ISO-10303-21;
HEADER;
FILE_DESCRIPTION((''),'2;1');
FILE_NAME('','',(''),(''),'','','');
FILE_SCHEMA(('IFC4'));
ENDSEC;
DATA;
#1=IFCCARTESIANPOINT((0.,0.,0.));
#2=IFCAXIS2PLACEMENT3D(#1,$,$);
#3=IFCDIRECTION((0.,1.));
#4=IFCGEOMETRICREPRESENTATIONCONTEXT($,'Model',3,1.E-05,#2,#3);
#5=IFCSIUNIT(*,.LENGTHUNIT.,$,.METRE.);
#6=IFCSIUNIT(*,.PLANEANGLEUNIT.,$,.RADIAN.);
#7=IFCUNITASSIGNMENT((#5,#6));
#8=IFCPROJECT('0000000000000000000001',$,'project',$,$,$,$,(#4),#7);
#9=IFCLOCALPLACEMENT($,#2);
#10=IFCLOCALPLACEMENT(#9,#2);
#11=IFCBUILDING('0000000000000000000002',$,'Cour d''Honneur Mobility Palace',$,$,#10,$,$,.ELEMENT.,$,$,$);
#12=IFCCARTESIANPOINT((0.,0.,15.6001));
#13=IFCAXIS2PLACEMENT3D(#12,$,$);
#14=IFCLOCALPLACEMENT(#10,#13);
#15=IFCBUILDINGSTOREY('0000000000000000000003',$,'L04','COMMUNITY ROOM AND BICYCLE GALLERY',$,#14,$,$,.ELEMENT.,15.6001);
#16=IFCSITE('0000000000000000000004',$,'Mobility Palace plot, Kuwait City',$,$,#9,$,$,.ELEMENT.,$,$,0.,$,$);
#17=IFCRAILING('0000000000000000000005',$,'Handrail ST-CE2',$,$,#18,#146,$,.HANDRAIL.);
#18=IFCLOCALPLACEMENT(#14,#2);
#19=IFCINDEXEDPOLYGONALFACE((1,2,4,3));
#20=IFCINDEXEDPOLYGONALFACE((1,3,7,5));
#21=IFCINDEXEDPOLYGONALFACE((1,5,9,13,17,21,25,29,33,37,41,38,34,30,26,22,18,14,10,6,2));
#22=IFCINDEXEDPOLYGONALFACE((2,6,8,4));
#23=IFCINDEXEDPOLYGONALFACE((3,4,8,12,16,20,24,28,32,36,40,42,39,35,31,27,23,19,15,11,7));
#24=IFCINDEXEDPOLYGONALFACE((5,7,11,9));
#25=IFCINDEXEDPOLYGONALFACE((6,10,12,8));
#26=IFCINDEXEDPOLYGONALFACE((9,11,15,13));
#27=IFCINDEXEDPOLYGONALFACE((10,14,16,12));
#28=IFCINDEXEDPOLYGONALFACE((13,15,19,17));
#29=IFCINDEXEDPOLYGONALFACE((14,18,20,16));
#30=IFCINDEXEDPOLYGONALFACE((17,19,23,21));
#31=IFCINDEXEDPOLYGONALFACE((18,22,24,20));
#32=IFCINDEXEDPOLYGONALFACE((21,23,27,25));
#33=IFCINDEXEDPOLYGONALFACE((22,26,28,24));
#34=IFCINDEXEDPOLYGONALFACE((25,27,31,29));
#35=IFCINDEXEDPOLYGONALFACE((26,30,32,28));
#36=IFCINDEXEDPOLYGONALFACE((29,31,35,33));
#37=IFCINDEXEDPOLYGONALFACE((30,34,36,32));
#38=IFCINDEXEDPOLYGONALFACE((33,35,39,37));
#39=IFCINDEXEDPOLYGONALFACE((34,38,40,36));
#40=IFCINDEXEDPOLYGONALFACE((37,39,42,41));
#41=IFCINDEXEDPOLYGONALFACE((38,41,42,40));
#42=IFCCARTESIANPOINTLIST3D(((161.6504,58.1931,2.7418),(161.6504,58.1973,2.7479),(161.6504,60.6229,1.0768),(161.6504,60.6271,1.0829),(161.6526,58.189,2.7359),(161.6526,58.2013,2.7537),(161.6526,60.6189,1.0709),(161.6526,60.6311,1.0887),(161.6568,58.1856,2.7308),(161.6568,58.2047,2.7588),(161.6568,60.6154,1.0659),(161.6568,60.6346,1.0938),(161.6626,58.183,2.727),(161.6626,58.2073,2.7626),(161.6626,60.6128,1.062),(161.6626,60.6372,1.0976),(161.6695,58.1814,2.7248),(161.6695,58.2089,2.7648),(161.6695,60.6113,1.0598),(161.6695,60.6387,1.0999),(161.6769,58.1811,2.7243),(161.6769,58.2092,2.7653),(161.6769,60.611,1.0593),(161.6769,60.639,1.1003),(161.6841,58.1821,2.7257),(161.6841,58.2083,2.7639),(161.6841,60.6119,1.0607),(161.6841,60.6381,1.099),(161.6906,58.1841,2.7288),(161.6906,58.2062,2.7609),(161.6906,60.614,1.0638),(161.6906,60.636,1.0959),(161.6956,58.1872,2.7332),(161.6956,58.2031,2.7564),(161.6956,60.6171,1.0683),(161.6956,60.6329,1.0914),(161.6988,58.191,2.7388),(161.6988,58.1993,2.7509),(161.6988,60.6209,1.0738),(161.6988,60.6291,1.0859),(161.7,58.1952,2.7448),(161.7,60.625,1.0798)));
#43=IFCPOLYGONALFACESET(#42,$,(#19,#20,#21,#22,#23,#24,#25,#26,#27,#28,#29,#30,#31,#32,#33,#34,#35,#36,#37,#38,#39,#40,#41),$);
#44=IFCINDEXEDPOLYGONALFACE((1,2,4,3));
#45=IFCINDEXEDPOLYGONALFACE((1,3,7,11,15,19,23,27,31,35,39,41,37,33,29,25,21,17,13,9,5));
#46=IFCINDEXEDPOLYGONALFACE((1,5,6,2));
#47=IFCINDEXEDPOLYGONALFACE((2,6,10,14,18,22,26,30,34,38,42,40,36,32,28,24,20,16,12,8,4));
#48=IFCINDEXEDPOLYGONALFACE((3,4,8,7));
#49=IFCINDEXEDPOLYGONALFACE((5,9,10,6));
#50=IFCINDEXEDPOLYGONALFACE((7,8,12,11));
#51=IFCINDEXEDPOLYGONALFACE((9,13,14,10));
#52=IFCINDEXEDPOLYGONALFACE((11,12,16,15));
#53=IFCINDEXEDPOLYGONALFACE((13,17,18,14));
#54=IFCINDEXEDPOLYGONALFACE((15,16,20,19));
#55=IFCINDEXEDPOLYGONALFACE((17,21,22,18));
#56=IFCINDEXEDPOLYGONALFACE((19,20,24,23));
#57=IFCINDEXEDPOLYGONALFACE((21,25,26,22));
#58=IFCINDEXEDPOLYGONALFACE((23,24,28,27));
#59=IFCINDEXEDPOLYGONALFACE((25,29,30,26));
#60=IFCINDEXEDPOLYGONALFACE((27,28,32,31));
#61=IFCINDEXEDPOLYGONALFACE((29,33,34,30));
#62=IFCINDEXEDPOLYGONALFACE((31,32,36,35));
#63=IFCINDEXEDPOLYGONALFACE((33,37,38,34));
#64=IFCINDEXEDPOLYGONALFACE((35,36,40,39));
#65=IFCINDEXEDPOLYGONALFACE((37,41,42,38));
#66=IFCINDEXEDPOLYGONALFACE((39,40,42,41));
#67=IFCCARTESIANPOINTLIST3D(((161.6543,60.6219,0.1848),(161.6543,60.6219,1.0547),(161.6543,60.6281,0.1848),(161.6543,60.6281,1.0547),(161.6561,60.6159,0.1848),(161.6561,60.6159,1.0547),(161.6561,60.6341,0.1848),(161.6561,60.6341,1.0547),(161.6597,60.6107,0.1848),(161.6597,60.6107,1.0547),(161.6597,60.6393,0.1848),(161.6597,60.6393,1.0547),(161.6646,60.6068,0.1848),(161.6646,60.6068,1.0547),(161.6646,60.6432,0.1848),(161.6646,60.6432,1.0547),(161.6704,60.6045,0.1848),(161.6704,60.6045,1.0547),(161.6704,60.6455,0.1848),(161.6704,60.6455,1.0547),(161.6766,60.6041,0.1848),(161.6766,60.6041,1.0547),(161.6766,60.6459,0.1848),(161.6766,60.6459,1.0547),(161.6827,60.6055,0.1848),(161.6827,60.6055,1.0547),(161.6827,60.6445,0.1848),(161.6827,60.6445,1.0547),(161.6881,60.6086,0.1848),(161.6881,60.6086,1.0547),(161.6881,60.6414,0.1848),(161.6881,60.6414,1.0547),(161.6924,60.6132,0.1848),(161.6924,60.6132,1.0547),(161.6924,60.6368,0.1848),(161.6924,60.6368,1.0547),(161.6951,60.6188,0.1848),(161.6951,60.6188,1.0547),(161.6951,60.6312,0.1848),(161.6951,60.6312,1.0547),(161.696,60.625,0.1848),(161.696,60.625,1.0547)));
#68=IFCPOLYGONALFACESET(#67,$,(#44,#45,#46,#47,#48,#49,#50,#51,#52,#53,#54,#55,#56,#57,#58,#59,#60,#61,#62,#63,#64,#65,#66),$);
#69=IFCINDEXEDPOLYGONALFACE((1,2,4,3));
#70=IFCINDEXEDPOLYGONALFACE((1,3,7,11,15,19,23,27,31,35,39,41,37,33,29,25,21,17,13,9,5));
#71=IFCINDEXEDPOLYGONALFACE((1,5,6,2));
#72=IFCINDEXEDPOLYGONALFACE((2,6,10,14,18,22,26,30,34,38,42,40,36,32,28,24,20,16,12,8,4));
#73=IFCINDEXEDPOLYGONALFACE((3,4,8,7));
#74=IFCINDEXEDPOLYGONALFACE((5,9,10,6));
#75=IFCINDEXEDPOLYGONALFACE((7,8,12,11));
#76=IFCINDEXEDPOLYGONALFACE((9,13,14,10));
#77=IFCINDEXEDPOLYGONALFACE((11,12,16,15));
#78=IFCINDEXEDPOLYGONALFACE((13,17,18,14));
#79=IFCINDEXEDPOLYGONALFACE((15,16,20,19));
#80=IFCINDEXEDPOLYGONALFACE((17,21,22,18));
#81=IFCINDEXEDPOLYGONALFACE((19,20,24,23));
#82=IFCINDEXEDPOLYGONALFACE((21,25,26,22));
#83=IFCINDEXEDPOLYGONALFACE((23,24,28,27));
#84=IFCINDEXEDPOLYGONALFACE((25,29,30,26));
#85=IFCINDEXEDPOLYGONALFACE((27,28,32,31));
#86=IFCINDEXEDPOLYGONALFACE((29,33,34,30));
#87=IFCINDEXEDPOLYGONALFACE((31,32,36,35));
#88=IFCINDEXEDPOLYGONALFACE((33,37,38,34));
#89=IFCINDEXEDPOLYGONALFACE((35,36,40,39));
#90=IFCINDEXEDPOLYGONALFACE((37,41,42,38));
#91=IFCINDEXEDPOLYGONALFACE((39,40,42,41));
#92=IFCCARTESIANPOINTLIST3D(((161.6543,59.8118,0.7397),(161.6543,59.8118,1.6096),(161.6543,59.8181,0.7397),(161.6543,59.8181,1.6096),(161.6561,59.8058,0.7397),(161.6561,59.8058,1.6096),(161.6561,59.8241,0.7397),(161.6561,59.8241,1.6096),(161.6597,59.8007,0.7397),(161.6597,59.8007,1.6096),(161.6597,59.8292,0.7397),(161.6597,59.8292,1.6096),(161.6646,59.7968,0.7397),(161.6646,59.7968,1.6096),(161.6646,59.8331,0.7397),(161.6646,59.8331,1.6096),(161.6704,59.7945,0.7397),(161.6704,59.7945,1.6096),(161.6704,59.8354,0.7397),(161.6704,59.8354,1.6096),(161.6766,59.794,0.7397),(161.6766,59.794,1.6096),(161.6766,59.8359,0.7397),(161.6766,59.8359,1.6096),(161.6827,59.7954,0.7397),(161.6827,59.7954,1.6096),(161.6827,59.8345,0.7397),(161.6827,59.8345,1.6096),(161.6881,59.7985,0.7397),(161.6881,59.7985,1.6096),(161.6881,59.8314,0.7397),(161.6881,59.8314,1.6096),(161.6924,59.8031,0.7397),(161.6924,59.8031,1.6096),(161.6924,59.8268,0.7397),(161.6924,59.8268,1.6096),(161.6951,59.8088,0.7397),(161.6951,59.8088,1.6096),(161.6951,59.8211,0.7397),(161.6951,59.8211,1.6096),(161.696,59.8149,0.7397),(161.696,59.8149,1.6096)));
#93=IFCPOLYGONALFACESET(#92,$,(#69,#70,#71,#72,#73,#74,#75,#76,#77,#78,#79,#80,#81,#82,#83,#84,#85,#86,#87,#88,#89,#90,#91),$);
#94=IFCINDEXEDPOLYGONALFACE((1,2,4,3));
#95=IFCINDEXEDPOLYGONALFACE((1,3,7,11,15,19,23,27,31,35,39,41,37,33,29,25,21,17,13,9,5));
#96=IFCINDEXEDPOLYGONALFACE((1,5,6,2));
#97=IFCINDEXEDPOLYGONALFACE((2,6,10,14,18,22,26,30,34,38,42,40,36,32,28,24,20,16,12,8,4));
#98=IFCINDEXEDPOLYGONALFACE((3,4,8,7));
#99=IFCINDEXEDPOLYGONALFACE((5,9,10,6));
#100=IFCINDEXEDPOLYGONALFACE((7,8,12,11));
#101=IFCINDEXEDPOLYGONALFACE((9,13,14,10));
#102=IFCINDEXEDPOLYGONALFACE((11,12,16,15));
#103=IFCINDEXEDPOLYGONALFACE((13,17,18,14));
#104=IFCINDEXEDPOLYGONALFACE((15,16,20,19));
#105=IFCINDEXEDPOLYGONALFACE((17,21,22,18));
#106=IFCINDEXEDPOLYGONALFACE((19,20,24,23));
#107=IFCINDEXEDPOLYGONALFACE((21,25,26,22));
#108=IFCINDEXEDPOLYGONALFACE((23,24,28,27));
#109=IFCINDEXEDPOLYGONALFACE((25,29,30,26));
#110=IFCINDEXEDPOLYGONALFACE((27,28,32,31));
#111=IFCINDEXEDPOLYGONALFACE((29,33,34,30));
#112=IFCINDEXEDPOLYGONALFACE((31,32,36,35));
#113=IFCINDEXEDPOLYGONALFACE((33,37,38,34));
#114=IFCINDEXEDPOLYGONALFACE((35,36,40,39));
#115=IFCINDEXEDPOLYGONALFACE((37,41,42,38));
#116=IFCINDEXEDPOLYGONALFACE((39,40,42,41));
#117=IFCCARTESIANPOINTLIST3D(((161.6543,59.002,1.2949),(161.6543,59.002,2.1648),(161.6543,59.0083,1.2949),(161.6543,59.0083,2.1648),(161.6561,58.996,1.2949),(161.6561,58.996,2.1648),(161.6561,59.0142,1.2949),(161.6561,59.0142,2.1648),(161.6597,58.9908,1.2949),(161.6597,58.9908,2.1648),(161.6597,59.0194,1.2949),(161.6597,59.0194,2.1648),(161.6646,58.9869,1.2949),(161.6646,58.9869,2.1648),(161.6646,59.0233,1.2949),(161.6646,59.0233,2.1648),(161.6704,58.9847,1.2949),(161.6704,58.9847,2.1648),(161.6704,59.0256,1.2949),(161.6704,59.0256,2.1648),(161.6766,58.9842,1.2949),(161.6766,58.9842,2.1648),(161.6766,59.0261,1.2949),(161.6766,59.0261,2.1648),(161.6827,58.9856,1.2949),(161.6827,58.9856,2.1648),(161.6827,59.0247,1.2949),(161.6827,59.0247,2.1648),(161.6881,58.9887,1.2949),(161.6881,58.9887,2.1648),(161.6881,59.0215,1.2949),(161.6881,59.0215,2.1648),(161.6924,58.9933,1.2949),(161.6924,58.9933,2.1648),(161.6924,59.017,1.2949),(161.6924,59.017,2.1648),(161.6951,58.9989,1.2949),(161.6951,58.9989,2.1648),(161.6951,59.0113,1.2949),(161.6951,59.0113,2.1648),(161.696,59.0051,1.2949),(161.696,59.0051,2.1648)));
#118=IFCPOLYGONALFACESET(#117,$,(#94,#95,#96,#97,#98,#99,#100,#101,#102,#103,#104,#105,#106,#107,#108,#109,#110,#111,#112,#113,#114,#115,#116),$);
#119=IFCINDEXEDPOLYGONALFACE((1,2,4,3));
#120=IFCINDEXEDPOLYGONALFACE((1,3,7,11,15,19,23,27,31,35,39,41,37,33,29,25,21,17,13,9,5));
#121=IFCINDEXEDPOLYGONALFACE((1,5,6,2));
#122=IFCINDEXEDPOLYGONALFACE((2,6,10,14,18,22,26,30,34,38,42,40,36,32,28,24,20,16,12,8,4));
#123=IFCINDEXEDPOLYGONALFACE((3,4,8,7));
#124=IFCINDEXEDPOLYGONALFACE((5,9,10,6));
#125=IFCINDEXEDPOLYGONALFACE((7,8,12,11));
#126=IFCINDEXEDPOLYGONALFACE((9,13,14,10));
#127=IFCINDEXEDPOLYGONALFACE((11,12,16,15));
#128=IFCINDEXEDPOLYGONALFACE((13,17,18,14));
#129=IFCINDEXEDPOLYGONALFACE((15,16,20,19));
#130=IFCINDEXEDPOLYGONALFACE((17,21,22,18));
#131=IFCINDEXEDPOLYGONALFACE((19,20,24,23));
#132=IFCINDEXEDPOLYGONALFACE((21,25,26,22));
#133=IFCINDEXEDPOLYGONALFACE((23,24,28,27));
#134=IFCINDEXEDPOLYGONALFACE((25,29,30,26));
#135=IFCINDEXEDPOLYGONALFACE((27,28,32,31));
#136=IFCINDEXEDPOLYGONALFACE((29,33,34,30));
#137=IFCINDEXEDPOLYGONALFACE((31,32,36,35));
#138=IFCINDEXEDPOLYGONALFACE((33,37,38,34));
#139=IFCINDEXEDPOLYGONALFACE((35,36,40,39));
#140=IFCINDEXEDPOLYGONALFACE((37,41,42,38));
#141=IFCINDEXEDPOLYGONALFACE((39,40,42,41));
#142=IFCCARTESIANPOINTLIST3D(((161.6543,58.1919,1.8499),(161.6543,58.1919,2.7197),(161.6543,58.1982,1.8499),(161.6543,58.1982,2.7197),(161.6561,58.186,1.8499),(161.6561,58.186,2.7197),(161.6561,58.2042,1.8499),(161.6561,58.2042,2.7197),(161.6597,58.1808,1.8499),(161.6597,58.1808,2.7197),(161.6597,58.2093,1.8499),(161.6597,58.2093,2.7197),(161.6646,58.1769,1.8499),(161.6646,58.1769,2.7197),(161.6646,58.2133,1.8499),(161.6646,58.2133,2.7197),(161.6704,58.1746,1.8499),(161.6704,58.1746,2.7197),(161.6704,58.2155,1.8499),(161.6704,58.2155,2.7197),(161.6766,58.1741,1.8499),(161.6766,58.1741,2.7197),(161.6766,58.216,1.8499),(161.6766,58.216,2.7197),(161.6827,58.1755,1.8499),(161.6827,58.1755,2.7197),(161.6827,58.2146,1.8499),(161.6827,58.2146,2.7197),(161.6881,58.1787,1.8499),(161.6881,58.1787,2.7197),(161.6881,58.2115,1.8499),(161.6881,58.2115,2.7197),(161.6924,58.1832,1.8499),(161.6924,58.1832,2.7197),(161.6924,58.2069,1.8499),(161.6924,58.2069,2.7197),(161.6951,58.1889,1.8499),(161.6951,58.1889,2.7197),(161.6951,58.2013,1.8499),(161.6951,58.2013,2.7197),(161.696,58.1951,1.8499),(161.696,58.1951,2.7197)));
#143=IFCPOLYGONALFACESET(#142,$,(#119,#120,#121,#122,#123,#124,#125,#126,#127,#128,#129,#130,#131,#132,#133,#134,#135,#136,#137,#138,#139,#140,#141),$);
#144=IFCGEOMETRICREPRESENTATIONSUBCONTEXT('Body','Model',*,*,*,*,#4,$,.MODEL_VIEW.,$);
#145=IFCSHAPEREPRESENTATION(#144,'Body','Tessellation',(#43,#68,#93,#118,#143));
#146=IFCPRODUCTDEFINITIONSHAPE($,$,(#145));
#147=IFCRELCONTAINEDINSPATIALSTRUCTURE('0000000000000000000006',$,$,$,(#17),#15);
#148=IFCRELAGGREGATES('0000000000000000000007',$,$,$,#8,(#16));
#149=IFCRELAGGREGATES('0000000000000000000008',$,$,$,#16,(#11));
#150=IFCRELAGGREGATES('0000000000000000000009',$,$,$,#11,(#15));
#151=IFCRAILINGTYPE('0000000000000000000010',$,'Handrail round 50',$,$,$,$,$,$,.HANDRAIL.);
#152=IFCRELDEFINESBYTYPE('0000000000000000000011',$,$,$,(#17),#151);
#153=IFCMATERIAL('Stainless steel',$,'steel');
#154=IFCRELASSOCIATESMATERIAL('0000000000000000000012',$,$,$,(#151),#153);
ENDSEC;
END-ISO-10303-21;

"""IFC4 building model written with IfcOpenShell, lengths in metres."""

from ifc_helpers import new_model, si_unit, direction, frame, origin, origin_2d, place, context, subcontext, project, spatial, circle, extrude, material, type_object, element, save


model = new_model("IFC4")

# Units and contexts
model_context = context("Model", 3, precision=1e-05, world=origin(), true_north=direction((0.0, 1.0)))
body_context = subcontext(model_context, "Body", "Model", "MODEL_VIEW")
ifc_project = project(units=[si_unit("LENGTHUNIT", "METRE"), si_unit("PLANEANGLEUNIT", "RADIAN")], contexts=[model_context])

# Site, building, storey
site_placement = place(None, origin())
site = spatial("IfcSite", under=ifc_project, at=site_placement, Name="Mobility Palace plot, Kuwait City", CompositionType="ELEMENT", RefElevation=0.0)
building_placement = place(site_placement, origin())
building = spatial("IfcBuilding", under=site, at=building_placement, Name="Cour d'Honneur Mobility Palace", CompositionType="ELEMENT")
storey_placement = place(building_placement, frame((0.0, 0.0, 15.6001)))
storey = spatial("IfcBuildingStorey", under=building, at=storey_placement, Name="L04", Description="COMMUNITY ROOM AND BICYCLE GALLERY", CompositionType="ELEMENT", Elevation=15.6001)

# Railing
ifc_material_1 = material(Name="Stainless steel", Category="steel")
railing_type_1 = type_object("IfcRailingType", Name="Handrail round 50", PredefinedType="HANDRAIL", material=ifc_material_1)
for number, where, name in (
    (1, (161.675, 60.625, 0.1848), "Handrail ST-CE2"),
):
    element("IfcRailing", number, at=place(storey_placement, frame(where)), inside=storey, type_object=railing_type_1, Name=name, PredefinedType="HANDRAIL", context=body_context, shape_type="SweptSolid", body=[
        extrude(circle(Radius=0.0249, at=origin_2d()), frame((0.0, 0.0, 0.895), z_axis=(0.0, -0.824919, 0.565251), x_axis=(1.0, 0.0, 0.0)), (0.0, 0.0, 1.0), 2.9456),
        extrude(circle(Radius=0.021, at=origin_2d()), origin(), (0.0, 0.0, 1.0), 0.8699),
        extrude(circle(Radius=0.021, at=origin_2d()), frame((0.0, -0.8101, 0.5549)), (0.0, 0.0, 1.0), 0.8699),
        extrude(circle(Radius=0.021, at=origin_2d()), frame((0.0, -1.6199, 1.1101)), (0.0, 0.0, 1.0), 0.8699),
        extrude(circle(Radius=0.021, at=origin_2d()), frame((0.0, -2.4299, 1.665)), (0.0, 0.0, 1.0), 0.8699),
    ])

save(model, "model.ifc")
